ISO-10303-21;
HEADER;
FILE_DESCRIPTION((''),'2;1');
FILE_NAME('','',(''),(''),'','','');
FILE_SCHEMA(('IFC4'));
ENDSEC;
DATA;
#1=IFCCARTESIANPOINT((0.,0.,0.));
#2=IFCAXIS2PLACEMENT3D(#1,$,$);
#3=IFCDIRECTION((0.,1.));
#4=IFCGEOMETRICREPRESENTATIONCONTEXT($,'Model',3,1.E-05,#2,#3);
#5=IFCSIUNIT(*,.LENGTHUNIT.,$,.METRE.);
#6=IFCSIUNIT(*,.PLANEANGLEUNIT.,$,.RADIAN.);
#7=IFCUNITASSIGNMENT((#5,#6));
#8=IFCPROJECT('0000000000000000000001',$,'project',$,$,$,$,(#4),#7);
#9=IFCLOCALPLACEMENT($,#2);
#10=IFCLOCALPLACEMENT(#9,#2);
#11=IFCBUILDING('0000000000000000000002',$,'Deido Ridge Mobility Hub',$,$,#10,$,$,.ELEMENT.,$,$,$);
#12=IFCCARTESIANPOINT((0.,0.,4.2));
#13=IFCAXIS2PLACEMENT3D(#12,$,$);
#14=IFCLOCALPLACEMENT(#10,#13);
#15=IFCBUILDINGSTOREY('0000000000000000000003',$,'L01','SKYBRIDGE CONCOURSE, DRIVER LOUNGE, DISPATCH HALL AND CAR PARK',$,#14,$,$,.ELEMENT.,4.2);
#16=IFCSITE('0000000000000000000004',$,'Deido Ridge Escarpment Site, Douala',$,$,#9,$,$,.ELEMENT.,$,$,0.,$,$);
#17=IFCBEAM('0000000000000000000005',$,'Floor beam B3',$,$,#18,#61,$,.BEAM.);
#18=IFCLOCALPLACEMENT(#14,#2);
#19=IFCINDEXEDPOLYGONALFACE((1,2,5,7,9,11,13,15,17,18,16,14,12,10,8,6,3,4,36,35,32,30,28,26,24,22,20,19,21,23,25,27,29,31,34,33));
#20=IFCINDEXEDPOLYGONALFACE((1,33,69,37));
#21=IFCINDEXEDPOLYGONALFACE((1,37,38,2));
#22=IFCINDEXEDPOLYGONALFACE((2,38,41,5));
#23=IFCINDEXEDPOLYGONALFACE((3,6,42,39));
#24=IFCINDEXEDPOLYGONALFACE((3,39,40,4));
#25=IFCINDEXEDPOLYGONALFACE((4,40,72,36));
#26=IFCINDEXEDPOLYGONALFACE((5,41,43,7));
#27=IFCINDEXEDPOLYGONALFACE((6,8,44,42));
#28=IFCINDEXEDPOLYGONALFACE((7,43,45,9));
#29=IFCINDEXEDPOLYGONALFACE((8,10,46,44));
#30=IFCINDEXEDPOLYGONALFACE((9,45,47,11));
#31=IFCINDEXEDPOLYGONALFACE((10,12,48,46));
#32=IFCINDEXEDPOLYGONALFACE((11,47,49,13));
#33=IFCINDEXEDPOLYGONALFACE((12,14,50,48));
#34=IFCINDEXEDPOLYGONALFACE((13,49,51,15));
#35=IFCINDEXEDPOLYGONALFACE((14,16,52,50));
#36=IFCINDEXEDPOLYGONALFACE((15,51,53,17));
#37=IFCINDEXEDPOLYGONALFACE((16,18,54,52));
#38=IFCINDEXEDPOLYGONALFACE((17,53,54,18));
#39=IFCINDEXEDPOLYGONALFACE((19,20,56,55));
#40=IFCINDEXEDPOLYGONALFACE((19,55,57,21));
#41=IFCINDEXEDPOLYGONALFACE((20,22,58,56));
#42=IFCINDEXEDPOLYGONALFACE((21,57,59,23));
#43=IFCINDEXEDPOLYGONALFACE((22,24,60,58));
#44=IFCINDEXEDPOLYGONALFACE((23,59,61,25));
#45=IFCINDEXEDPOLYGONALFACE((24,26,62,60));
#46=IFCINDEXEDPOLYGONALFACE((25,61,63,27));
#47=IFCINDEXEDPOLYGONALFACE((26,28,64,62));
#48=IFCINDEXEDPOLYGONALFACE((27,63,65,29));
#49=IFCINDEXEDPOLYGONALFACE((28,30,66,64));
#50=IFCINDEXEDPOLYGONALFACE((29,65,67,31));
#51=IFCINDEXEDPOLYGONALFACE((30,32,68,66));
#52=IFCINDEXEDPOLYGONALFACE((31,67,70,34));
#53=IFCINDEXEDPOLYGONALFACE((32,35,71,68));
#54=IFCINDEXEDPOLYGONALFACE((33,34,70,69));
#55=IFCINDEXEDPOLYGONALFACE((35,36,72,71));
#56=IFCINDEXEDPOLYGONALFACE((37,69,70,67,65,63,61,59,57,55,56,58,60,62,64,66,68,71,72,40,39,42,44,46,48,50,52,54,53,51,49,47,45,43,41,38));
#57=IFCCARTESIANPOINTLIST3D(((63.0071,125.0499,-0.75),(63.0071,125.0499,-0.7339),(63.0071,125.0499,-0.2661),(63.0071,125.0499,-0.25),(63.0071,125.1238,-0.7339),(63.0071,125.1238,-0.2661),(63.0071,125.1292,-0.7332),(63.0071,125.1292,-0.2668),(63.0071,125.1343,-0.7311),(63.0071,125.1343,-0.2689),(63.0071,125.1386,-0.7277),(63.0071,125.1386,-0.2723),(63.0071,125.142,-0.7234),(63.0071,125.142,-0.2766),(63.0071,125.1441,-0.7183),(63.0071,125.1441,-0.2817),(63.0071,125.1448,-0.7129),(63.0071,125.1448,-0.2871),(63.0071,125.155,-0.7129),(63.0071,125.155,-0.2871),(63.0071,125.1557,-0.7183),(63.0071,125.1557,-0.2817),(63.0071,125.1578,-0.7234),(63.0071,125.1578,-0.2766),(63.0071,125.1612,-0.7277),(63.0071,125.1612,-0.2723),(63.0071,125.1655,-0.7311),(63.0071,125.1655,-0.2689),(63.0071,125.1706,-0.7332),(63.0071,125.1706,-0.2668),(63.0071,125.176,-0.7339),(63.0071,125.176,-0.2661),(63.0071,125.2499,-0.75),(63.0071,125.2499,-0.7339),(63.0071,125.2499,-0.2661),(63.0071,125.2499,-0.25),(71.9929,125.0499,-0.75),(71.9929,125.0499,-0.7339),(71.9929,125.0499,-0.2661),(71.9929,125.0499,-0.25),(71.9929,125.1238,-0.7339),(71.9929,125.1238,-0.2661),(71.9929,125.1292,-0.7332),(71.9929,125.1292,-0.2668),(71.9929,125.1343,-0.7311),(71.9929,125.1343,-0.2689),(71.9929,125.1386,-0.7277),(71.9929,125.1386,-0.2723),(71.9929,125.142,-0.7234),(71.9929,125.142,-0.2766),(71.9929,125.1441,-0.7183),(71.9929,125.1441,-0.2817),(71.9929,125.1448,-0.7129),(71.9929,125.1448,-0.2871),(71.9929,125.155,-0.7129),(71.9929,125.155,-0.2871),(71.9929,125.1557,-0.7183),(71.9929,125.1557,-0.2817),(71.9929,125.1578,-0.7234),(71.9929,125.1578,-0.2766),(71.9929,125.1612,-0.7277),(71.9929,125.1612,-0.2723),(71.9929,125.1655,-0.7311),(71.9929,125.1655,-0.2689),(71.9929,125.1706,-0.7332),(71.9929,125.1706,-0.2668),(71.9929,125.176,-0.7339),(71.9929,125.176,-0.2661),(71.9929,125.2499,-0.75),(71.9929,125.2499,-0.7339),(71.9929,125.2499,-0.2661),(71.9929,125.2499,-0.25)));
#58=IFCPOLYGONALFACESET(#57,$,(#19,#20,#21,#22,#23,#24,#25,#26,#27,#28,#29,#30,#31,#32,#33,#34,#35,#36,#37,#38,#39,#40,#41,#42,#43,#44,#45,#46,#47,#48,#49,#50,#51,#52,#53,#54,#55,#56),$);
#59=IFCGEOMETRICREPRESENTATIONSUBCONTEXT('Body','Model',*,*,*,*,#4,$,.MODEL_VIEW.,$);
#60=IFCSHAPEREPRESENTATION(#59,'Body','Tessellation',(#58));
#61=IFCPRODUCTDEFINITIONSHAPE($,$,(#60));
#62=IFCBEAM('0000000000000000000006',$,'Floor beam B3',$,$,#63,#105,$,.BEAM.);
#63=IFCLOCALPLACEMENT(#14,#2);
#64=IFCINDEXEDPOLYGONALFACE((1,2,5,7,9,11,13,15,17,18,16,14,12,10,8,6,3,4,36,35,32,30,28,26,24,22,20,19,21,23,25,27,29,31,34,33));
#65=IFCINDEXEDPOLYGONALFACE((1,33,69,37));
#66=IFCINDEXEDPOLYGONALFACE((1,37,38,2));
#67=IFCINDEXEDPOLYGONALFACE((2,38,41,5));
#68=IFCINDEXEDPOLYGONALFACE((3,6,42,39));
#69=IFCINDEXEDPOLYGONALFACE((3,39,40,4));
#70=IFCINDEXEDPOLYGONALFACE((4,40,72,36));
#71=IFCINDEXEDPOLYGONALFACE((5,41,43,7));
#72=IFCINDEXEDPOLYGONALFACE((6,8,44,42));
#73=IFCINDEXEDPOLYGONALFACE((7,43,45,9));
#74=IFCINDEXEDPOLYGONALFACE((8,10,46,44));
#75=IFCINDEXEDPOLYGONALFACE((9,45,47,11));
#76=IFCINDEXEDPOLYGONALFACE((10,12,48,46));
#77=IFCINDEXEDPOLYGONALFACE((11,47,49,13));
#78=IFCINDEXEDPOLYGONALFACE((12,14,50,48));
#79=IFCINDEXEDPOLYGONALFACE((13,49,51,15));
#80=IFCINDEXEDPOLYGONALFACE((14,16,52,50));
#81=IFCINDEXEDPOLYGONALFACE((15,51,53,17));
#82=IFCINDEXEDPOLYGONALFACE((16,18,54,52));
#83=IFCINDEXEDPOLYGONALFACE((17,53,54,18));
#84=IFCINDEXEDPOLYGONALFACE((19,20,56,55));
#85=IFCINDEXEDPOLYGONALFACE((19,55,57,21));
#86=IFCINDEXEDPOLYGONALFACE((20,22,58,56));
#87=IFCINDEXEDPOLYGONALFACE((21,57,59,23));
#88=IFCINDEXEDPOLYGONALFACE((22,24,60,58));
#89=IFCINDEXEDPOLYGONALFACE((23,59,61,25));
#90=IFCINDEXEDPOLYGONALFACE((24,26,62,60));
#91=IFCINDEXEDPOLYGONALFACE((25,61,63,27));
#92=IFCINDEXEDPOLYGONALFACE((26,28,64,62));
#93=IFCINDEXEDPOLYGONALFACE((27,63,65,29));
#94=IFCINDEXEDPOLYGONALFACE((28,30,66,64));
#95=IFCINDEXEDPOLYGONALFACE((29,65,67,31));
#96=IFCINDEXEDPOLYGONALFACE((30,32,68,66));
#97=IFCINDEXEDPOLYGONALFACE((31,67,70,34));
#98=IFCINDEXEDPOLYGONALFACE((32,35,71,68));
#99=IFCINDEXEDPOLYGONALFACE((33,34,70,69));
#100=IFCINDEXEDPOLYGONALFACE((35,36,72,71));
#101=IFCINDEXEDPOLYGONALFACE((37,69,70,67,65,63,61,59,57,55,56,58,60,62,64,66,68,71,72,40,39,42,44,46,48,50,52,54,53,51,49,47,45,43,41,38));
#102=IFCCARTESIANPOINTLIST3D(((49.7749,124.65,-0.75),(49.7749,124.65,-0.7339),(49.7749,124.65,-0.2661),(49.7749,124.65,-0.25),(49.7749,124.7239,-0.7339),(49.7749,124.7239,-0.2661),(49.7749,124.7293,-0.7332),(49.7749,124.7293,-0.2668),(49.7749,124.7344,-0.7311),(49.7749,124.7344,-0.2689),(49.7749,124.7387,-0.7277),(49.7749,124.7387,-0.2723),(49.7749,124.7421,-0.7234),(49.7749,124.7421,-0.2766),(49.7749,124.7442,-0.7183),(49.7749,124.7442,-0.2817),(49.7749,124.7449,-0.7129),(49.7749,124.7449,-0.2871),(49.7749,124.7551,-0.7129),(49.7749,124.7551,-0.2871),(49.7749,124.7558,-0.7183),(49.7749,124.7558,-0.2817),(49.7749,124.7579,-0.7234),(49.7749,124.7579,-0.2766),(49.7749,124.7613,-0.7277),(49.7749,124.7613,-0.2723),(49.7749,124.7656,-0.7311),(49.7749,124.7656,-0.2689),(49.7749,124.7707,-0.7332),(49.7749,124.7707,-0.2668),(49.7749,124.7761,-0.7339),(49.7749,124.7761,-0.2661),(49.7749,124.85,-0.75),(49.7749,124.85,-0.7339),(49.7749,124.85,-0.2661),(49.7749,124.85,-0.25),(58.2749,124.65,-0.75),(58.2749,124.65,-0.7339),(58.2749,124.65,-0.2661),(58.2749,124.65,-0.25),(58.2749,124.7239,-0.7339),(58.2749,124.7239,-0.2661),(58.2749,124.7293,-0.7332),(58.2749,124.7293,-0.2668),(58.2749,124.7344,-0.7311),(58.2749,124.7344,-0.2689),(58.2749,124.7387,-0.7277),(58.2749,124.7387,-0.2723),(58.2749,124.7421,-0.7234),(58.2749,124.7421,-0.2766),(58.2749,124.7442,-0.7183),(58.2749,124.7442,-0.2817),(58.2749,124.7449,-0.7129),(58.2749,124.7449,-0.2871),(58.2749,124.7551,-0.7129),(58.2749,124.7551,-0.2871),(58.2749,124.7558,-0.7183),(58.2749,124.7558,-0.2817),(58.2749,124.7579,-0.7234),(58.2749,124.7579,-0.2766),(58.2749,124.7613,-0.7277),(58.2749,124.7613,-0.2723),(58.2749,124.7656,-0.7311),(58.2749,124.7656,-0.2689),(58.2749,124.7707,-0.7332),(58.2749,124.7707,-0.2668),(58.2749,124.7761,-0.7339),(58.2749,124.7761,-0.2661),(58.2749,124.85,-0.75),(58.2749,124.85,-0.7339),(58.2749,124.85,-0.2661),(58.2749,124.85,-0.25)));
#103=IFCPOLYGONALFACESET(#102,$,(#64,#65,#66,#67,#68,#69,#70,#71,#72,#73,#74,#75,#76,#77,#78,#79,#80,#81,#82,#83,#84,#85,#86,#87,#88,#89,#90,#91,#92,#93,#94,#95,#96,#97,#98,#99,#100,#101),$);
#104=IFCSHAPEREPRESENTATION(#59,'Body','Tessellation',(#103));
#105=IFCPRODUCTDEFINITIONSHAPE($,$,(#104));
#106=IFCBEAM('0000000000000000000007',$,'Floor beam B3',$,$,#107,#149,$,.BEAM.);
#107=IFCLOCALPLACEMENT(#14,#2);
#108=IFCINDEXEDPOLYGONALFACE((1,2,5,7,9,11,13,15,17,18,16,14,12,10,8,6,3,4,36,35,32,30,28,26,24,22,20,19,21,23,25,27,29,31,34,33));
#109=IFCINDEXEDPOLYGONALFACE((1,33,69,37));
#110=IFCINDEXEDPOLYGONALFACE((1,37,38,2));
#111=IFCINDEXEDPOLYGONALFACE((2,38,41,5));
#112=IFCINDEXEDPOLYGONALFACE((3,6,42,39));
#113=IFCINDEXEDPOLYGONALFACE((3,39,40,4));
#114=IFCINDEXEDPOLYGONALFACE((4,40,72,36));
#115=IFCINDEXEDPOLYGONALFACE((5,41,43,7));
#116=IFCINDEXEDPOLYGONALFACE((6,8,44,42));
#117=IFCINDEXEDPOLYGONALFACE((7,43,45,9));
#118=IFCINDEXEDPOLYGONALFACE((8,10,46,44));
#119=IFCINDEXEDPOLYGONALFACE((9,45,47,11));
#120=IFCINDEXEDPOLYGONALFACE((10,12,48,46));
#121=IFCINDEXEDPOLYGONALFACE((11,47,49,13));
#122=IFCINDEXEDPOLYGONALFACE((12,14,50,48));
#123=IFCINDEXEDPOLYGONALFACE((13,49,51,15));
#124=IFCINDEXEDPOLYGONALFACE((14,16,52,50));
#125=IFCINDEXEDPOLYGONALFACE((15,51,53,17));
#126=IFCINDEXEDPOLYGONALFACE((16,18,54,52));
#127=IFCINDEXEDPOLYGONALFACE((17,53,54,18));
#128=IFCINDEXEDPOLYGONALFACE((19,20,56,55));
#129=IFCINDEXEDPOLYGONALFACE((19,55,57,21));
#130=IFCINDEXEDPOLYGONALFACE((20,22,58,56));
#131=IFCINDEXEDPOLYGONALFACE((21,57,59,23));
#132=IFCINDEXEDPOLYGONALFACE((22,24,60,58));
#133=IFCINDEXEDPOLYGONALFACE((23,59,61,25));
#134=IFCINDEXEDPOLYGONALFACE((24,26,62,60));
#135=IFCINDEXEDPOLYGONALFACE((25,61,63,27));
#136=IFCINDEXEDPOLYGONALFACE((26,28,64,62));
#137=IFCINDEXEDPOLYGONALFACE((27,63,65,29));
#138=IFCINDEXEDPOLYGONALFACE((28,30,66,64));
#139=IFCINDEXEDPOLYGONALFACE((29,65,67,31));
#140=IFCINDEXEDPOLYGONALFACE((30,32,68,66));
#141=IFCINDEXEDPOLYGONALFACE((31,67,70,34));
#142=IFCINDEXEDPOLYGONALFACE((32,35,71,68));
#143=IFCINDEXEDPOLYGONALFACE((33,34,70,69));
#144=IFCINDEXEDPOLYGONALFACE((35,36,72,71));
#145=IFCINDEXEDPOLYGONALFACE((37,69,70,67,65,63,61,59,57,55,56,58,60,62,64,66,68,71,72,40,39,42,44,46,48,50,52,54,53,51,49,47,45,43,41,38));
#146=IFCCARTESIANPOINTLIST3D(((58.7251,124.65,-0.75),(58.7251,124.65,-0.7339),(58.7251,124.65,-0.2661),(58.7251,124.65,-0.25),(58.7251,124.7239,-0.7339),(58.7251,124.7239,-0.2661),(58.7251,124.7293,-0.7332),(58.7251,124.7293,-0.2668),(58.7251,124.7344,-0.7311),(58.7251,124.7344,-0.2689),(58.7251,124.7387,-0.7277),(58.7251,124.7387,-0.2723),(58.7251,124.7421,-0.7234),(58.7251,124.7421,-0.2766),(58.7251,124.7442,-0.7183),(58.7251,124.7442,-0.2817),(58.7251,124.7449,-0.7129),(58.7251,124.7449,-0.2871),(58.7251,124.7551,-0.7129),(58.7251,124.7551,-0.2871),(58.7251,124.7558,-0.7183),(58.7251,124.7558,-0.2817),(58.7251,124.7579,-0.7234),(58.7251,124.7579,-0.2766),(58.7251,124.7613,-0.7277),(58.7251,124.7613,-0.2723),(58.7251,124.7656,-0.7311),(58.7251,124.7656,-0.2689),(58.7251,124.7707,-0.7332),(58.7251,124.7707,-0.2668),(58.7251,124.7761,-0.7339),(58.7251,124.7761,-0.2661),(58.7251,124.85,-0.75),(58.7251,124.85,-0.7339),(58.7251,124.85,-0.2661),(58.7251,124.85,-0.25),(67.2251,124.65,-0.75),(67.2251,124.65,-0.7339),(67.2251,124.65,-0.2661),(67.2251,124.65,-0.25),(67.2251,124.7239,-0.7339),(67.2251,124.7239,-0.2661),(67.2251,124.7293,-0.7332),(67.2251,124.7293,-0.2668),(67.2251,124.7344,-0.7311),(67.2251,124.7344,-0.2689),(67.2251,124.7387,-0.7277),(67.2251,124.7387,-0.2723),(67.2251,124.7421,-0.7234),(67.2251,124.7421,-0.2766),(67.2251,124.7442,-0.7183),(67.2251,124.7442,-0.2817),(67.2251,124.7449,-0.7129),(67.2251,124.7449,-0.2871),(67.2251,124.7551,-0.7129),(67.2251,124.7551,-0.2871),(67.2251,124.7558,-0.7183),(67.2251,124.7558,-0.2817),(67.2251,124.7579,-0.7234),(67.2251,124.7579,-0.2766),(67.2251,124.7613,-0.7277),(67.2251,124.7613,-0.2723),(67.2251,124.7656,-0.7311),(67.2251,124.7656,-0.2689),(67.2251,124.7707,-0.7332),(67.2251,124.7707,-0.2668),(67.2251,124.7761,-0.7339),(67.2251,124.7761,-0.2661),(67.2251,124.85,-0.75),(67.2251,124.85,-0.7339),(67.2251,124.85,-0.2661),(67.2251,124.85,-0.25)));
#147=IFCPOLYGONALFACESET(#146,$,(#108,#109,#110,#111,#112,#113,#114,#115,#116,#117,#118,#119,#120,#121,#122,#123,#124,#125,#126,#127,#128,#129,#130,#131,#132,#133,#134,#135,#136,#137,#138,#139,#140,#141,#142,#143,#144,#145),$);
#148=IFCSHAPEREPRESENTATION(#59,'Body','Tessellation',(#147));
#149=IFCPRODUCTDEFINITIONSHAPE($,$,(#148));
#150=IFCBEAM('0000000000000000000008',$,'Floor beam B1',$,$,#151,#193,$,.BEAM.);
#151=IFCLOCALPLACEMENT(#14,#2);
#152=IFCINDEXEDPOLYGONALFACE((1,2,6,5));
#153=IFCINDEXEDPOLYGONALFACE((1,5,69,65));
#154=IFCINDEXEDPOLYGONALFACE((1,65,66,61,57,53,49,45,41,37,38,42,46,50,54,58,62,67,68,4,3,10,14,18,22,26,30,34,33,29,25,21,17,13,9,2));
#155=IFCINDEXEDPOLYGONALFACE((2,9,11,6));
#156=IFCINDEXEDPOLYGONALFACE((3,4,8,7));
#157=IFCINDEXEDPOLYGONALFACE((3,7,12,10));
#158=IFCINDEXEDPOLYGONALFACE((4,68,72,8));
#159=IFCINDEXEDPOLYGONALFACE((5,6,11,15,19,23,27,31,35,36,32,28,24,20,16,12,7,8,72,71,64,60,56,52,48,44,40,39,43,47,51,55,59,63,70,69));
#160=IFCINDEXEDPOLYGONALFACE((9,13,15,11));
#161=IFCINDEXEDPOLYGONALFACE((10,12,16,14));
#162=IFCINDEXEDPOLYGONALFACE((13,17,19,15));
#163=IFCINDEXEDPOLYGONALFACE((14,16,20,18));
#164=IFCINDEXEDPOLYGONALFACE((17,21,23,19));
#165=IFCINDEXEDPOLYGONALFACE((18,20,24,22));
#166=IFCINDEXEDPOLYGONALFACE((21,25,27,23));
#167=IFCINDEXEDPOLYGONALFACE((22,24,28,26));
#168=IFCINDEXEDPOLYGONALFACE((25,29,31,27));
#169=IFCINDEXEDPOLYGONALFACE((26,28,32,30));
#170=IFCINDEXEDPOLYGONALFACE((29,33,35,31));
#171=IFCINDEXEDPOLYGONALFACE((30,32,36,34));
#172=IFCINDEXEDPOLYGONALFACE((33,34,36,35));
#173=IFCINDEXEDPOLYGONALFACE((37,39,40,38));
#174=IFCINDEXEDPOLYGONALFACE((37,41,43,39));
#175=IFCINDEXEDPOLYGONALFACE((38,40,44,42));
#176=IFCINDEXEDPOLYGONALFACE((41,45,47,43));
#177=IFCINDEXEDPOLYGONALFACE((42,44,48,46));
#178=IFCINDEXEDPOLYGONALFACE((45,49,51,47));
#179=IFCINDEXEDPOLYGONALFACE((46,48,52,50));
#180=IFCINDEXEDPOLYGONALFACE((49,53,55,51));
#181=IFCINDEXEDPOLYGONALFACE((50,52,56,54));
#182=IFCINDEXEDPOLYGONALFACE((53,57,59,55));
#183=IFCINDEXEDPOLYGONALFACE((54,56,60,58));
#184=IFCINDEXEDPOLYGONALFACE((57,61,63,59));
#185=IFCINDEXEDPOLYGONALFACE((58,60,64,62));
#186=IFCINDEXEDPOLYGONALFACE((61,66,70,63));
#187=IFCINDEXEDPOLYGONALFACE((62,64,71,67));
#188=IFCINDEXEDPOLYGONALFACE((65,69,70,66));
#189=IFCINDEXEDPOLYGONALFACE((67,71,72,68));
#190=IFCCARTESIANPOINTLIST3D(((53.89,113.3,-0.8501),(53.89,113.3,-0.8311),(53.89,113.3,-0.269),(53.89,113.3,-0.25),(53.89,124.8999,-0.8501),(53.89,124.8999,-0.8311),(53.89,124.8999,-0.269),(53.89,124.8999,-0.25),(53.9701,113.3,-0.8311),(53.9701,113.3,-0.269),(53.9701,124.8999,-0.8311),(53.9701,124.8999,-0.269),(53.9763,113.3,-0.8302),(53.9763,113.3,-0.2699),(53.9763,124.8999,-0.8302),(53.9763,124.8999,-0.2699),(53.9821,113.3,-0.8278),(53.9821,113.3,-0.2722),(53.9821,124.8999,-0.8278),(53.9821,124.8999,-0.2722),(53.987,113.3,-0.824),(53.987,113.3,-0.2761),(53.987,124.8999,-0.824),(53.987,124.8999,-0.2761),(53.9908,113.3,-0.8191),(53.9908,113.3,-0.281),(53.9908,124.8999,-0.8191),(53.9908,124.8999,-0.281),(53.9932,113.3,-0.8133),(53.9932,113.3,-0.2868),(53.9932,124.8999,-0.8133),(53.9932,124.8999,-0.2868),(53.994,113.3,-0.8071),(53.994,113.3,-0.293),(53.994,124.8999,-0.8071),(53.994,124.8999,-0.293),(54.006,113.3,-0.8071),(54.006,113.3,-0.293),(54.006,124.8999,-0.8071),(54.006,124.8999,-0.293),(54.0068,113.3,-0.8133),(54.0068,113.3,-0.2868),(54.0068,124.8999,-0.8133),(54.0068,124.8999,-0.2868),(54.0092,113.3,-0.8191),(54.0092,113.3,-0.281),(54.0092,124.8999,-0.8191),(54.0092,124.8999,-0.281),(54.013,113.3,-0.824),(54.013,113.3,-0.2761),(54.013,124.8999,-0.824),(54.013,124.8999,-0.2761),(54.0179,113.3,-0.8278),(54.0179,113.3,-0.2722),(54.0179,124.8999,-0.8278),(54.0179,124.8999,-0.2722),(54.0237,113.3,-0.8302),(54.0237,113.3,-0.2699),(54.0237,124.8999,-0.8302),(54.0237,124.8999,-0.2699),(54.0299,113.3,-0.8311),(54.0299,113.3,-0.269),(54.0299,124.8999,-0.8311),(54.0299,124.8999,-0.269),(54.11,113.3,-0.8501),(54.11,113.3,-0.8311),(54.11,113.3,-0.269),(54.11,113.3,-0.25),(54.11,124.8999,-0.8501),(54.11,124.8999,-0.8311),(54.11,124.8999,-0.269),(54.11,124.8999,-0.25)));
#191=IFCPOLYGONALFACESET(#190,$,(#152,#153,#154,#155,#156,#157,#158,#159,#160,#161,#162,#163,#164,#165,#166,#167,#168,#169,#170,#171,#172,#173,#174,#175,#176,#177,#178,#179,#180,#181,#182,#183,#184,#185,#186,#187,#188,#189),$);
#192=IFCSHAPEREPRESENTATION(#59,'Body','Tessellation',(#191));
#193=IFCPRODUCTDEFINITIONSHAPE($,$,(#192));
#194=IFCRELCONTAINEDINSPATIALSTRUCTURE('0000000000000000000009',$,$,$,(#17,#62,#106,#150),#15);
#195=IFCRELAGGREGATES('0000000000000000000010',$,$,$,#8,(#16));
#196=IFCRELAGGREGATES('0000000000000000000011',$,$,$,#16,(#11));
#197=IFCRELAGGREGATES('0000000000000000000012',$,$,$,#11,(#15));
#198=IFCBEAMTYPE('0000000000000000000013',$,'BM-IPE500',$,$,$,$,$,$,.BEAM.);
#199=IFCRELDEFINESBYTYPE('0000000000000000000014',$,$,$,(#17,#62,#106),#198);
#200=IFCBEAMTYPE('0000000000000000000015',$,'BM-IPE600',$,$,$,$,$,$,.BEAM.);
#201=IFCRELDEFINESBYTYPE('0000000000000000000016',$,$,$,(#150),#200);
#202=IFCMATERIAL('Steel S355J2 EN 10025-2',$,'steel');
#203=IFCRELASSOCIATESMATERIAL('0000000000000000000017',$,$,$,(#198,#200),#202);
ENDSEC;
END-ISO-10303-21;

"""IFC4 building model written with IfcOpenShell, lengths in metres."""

from ifc_helpers import new_model, si_unit, direction, frame, origin, origin_2d, place, context, subcontext, project, spatial, i_section, extrude, material, material_profile, profile_set, type_object, element, save


model = new_model("IFC4")

# Units and contexts
model_context = context("Model", 3, precision=1e-05, world=origin(), true_north=direction((0.0, 1.0)))
body_context = subcontext(model_context, "Body", "Model", "MODEL_VIEW")
ifc_project = project(units=[si_unit("LENGTHUNIT", "METRE"), si_unit("PLANEANGLEUNIT", "RADIAN")], contexts=[model_context])

# Site, building, storey
site_placement = place(None, origin())
site = spatial("IfcSite", under=ifc_project, at=site_placement, Name="Deido Ridge Escarpment Site, Douala", CompositionType="ELEMENT", RefElevation=0.0)
building_placement = place(site_placement, origin())
building = spatial("IfcBuilding", under=site, at=building_placement, Name="Deido Ridge Mobility Hub", CompositionType="ELEMENT")
storey_placement = place(building_placement, frame((0.0, 0.0, 4.2)))
storey = spatial("IfcBuildingStorey", under=building, at=storey_placement, Name="L01", Description="SKYBRIDGE CONCOURSE, DRIVER LOUNGE, DISPATCH HALL AND CAR PARK", CompositionType="ELEMENT", Elevation=4.2)

# Shared definitions
ifc_material_1 = material(Name="Steel S355J2 EN 10025-2", Category="steel")

# Beams
ifc_material_profile_1 = material_profile(ifc_material_1, i_section(OverallWidth=0.2, OverallDepth=0.5, WebThickness=0.0103, FlangeThickness=0.0161, FilletRadius=0.021, at=origin_2d()), Name="IPE 500")
ifc_profile_set_1 = profile_set([ifc_material_profile_1], Name="Steel S355J2 EN 10025-2")
beam_type_1 = type_object("IfcBeamType", Name="BM-IPE500", PredefinedType="BEAM", material=ifc_profile_set_1)
for number, where, z_axis, x_axis, name in (
    (1, (63.0071, 125.1499, -0.5), (1.0, 0.0, 0.0), (0.0, 1.0, 0.0), "Floor beam B3"),
):
    element("IfcBeam", number, at=place(storey_placement, frame(where, z_axis=z_axis, x_axis=x_axis)), inside=storey, type_object=beam_type_1, Name=name, PredefinedType="BEAM", context=body_context, shape_type="SweptSolid", body=[
        extrude(i_section(OverallWidth=0.2, OverallDepth=0.5, WebThickness=0.0103, FlangeThickness=0.0161, FilletRadius=0.021, at=origin_2d()), origin(), (0.0, 0.0, 1.0), 8.9858),
    ])
for number, where, z_axis, x_axis, name in (
    (2, (49.7749, 124.75, -0.5), (1.0, 0.0, 0.0), (0.0, 1.0, 0.0), "Floor beam B3"),
    (3, (58.7251, 124.75, -0.5), (1.0, 0.0, 0.0), (0.0, 1.0, 0.0), "Floor beam B3"),
):
    element("IfcBeam", number, at=place(storey_placement, frame(where, z_axis=z_axis, x_axis=x_axis)), inside=storey, type_object=beam_type_1, Name=name, PredefinedType="BEAM", context=body_context, shape_type="SweptSolid", body=[
        extrude(i_section(OverallWidth=0.2, OverallDepth=0.5, WebThickness=0.0103, FlangeThickness=0.0161, FilletRadius=0.021, at=origin_2d()), origin(), (0.0, 0.0, 1.0), 8.5),
    ])
ifc_material_profile_2 = material_profile(ifc_material_1, i_section(OverallWidth=0.22, OverallDepth=0.6001, WebThickness=0.012, FlangeThickness=0.019, FilletRadius=0.0239, at=origin_2d()), Name="IPE 600")
ifc_profile_set_2 = profile_set([ifc_material_profile_2], Name="Steel S355J2 EN 10025-2")
beam_type_2 = type_object("IfcBeamType", Name="BM-IPE600", PredefinedType="BEAM", material=ifc_profile_set_2)
for number, where, z_axis, x_axis, name in (
    (4, (54.0, 113.3, -0.55), (0.0, 1.0, 0.0), (-1.0, 0.0, 0.0), "Floor beam B1"),
):
    element("IfcBeam", number, at=place(storey_placement, frame(where, z_axis=z_axis, x_axis=x_axis)), inside=storey, type_object=beam_type_2, Name=name, PredefinedType="BEAM", context=body_context, shape_type="SweptSolid", body=[
        extrude(i_section(OverallWidth=0.22, OverallDepth=0.6001, WebThickness=0.012, FlangeThickness=0.019, FilletRadius=0.0239, at=origin_2d()), origin(), (0.0, 0.0, 1.0), 11.5999),
    ])

save(model, "model.ifc")
